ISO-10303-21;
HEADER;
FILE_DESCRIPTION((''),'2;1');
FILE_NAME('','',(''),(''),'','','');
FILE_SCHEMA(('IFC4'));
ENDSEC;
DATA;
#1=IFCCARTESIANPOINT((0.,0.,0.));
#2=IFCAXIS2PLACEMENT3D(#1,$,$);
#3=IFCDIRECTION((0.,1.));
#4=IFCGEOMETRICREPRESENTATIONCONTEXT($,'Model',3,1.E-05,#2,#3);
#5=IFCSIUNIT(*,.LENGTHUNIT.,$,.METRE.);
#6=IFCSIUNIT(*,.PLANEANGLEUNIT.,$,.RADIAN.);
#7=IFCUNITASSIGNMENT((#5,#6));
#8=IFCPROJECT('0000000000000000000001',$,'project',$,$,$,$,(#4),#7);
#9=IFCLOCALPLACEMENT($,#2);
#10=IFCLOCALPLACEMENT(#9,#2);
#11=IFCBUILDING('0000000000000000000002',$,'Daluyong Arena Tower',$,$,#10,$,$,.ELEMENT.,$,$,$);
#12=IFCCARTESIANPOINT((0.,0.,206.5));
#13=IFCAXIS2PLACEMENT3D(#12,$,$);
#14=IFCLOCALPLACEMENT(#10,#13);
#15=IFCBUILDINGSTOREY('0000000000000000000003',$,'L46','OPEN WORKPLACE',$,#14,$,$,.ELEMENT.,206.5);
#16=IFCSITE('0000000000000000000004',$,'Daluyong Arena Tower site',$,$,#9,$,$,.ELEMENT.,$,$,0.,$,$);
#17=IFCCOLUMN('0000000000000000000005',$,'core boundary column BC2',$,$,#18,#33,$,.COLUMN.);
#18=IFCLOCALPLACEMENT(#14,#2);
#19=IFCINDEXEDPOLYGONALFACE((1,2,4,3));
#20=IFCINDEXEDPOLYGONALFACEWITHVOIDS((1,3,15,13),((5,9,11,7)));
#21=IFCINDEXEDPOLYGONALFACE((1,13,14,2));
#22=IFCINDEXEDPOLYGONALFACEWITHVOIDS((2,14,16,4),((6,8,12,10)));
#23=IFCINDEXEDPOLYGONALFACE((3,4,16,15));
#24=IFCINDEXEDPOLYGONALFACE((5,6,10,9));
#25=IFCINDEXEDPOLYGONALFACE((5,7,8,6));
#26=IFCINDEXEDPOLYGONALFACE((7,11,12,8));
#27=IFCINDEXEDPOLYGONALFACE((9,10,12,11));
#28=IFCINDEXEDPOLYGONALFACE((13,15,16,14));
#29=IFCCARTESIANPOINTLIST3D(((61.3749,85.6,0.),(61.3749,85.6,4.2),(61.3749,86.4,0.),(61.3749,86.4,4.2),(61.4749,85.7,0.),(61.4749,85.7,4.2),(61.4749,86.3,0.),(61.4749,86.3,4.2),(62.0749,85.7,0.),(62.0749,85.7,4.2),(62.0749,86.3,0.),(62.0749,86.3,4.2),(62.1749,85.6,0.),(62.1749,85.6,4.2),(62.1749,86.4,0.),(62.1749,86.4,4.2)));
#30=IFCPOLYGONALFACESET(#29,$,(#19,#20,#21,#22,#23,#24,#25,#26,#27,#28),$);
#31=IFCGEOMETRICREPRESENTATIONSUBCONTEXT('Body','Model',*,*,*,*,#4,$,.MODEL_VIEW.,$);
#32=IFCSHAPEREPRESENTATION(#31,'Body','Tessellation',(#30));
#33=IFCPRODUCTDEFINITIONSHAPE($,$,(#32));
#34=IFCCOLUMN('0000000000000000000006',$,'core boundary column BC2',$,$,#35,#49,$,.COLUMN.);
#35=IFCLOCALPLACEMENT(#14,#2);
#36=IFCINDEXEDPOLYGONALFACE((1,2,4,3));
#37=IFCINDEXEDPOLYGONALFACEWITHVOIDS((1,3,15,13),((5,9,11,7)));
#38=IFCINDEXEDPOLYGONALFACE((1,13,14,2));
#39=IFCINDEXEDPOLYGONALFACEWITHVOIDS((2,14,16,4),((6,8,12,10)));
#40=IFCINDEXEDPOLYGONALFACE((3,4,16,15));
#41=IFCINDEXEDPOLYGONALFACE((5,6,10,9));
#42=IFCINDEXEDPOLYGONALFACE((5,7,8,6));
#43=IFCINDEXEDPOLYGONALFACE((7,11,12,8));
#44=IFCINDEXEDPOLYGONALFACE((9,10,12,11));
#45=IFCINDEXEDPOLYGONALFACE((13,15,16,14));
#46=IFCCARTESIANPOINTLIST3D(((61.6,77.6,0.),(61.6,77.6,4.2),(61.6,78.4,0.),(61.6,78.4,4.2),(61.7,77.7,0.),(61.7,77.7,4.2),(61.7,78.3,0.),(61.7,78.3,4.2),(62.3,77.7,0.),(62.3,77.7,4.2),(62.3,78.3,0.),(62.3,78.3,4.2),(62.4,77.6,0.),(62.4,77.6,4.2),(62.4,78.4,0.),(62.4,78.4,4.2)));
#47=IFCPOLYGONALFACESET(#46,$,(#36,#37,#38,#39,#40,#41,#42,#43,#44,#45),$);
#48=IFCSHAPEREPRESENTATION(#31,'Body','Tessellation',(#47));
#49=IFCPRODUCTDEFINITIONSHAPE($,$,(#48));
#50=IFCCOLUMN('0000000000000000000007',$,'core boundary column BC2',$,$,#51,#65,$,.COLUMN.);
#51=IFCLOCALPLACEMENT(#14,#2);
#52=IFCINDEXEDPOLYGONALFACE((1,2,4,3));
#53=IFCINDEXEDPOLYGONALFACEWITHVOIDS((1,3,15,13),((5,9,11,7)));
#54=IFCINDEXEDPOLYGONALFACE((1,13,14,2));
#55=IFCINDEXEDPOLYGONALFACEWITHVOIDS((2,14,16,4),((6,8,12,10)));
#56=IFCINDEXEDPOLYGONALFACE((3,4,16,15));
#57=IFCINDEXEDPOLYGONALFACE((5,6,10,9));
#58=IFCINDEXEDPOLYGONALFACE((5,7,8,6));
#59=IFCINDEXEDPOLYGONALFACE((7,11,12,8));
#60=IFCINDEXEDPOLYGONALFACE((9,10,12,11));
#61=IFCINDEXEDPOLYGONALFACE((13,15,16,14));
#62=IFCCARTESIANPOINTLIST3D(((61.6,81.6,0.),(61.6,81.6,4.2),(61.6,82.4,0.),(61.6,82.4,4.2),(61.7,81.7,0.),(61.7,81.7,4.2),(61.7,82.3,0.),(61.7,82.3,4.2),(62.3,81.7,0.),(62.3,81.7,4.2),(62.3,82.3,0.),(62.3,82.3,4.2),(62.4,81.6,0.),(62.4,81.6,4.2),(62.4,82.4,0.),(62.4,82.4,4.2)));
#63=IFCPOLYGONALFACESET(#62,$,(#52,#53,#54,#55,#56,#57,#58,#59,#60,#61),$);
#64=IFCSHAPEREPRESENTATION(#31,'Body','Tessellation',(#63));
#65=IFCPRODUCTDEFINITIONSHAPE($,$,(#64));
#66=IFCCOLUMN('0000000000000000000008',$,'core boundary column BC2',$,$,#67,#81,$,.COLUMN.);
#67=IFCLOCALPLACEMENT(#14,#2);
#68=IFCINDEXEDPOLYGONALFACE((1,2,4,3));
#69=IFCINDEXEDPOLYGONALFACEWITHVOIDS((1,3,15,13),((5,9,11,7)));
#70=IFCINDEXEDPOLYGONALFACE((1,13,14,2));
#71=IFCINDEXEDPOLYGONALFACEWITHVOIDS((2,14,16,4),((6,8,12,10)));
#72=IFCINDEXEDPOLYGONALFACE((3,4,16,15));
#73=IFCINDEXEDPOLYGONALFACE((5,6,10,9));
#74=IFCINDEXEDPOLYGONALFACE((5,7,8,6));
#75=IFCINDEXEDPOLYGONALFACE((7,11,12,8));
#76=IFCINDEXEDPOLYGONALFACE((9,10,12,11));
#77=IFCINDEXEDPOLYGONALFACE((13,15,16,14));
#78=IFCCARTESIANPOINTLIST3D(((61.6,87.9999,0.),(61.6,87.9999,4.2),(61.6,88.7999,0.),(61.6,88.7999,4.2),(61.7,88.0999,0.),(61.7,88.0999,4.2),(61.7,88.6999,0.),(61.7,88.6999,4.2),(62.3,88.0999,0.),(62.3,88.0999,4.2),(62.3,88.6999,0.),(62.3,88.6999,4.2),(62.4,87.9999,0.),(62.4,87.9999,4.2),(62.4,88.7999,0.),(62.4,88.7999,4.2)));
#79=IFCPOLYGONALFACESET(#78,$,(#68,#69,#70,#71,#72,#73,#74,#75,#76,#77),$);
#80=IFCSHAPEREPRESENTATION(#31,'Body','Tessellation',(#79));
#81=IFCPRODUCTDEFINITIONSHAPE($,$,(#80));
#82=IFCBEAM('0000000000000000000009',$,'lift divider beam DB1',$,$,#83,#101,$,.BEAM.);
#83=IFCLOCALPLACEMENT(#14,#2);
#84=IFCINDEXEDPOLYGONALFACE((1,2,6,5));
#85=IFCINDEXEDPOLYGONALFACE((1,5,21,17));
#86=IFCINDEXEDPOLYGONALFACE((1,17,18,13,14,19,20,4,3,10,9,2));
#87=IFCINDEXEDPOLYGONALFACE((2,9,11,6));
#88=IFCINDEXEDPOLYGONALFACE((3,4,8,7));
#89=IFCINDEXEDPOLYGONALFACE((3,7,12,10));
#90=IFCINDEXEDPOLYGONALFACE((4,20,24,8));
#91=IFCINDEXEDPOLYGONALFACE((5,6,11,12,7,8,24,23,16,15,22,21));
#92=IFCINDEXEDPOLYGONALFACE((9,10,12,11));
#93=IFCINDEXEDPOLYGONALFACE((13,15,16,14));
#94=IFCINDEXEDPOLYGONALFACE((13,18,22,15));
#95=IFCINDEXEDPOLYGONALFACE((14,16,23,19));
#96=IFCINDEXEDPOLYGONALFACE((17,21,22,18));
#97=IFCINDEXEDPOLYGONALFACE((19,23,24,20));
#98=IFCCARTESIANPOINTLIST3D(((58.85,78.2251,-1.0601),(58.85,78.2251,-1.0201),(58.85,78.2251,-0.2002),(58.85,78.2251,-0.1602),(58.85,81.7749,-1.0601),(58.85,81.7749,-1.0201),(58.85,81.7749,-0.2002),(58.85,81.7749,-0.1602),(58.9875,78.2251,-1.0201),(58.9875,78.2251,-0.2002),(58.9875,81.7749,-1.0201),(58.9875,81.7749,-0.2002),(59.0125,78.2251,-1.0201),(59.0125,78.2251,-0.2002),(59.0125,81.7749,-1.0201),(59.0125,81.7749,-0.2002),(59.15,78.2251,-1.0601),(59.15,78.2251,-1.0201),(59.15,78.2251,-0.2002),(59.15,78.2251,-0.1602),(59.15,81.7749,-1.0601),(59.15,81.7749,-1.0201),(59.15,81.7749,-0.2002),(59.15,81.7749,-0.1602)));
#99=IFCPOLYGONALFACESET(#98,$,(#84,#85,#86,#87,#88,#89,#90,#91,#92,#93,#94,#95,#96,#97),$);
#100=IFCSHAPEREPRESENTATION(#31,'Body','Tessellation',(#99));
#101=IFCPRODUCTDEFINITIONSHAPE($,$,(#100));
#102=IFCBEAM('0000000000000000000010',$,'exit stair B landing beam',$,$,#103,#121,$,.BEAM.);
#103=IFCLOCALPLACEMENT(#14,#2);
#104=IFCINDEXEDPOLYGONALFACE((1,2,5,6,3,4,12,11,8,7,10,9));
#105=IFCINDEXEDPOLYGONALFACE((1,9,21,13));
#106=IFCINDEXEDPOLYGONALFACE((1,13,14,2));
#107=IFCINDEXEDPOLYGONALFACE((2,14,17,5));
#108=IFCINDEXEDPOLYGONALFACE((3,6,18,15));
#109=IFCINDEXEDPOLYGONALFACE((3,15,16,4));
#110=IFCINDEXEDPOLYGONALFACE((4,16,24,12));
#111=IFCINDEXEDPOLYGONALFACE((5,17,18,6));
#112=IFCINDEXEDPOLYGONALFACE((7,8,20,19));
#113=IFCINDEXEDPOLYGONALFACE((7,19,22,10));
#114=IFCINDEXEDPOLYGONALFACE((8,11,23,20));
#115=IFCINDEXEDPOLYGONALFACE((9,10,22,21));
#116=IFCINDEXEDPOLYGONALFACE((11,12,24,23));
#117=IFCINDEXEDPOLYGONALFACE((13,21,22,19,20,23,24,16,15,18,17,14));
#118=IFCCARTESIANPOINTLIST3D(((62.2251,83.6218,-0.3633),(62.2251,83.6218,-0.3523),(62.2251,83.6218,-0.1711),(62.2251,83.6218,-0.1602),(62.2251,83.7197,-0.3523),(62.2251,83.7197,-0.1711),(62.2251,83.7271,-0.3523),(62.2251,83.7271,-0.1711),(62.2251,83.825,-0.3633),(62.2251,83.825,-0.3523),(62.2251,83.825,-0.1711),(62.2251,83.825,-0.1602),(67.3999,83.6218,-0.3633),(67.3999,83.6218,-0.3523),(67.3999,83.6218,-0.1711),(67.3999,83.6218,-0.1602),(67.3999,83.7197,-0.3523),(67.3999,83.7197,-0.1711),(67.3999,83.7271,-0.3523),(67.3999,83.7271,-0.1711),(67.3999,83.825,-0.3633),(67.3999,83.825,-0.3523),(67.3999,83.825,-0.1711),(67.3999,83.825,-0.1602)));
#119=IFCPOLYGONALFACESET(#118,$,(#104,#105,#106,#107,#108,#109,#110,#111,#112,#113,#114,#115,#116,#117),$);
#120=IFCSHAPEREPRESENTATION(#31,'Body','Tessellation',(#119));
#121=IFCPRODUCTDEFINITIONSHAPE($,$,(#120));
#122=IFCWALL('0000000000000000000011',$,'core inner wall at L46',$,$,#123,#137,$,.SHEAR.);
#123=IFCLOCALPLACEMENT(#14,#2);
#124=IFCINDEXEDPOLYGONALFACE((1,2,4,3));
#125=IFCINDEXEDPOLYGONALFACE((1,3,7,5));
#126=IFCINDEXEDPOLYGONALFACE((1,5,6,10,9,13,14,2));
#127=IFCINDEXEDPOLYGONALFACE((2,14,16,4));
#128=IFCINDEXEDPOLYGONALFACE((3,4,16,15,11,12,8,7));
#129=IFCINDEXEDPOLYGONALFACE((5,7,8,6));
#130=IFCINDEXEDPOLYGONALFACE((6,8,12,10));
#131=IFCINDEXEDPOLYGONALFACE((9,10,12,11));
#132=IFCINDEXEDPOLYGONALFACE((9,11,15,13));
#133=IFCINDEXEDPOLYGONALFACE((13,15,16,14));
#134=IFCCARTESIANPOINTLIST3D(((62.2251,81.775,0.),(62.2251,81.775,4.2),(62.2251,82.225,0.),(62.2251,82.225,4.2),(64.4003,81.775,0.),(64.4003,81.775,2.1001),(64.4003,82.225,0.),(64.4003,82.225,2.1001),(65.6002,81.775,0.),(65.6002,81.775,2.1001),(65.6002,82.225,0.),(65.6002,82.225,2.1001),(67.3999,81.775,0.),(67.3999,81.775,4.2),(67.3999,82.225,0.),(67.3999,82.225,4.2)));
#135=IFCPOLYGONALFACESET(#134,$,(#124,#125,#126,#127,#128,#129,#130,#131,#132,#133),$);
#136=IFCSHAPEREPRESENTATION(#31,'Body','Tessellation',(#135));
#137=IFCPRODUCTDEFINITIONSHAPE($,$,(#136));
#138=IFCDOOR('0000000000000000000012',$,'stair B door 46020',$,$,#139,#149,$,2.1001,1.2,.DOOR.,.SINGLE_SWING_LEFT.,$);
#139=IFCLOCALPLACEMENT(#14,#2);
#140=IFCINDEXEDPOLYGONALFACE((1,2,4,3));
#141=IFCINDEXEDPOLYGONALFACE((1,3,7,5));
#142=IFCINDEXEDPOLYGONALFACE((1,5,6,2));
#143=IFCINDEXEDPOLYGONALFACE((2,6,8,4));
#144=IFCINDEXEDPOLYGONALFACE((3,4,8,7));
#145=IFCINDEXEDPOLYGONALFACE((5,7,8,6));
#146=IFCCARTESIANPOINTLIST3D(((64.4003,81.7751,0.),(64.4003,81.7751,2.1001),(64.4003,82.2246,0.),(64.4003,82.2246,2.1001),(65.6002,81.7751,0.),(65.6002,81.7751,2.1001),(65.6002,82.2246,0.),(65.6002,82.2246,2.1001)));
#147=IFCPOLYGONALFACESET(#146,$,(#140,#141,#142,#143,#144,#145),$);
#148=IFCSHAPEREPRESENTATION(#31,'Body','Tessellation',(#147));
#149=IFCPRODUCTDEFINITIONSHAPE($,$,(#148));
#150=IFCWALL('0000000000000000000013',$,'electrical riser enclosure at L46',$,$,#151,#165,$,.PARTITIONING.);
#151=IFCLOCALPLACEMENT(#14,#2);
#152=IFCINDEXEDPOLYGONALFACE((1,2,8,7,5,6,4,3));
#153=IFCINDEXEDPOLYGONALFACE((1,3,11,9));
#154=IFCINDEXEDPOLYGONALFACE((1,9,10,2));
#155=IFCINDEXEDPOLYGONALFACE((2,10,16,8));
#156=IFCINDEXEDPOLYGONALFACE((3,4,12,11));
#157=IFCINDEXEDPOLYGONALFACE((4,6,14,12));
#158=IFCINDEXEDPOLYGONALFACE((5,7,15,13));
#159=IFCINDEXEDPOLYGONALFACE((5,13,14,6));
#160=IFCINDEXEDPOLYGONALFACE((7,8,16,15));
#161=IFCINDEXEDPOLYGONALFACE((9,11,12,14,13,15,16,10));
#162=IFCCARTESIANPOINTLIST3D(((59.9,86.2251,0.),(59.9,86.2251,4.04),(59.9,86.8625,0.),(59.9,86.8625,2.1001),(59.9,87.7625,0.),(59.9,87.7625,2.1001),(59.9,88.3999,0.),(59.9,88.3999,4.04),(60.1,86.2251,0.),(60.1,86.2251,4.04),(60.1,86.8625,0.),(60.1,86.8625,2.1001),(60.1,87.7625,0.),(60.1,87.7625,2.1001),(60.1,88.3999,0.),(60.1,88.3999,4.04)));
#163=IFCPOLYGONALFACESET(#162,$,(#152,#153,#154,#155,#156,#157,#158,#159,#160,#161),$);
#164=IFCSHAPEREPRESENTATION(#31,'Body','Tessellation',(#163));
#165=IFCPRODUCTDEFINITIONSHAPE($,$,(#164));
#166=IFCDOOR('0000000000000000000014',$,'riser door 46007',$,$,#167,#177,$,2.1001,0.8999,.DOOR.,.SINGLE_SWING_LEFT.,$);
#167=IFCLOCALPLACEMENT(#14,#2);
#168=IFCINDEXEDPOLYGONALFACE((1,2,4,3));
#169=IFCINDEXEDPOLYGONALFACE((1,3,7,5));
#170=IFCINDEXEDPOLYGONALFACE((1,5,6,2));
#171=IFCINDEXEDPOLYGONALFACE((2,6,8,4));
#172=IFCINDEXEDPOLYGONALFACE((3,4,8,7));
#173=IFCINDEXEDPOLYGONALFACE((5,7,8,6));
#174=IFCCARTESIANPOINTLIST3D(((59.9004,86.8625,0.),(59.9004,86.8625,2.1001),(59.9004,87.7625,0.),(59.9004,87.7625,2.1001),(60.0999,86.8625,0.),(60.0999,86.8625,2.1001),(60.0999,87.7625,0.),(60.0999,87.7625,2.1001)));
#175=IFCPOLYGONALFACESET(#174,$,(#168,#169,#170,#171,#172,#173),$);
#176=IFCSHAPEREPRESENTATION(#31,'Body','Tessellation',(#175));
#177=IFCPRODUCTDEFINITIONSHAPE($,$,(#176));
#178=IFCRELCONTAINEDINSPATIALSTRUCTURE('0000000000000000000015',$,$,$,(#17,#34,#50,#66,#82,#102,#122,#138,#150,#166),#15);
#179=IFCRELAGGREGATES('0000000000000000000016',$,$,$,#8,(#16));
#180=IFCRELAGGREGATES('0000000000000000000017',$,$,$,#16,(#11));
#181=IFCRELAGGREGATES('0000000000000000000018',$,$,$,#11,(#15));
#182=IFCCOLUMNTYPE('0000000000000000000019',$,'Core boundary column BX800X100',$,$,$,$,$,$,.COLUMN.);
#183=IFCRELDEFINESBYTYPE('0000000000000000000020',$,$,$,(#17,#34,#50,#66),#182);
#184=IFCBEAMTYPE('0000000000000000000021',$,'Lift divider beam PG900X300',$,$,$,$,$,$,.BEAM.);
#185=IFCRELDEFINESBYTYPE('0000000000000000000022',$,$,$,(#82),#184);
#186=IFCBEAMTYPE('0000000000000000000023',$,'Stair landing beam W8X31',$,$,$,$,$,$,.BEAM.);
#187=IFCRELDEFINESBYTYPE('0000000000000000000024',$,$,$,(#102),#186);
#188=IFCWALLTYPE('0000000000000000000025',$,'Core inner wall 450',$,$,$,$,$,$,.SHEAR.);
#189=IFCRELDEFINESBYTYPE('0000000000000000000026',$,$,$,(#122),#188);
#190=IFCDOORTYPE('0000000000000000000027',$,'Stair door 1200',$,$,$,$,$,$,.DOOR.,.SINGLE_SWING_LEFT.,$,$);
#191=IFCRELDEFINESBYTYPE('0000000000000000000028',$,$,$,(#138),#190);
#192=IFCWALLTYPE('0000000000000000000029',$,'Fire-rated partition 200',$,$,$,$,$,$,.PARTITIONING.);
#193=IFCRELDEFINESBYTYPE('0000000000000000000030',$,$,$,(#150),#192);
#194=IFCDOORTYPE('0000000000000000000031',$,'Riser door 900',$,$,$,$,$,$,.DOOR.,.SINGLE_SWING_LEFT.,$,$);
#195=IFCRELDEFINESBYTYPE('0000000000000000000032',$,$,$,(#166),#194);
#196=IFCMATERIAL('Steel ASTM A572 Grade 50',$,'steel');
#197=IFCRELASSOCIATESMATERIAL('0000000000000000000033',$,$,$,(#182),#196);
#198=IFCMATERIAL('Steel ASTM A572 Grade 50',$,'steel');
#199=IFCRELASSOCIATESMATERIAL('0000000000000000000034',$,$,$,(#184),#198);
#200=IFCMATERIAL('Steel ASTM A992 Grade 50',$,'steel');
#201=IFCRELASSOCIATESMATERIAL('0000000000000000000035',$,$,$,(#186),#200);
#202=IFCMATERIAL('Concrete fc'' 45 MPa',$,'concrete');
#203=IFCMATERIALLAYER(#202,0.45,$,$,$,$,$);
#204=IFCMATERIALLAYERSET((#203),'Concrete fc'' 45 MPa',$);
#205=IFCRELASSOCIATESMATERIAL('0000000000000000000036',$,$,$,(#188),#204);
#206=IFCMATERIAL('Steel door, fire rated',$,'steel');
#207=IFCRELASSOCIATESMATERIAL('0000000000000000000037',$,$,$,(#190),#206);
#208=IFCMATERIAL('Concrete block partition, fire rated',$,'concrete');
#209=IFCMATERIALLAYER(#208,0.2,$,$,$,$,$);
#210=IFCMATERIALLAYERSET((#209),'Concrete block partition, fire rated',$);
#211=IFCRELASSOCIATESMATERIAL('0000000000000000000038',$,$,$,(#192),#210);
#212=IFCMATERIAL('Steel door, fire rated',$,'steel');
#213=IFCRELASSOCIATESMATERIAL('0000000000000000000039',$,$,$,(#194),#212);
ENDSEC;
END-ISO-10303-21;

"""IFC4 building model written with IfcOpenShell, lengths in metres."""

from ifc_helpers import new_model, si_unit, direction, frame, frame_2d, origin, origin_2d, place, context, subcontext, project, spatial, rectangle, hollow_rectangle, i_section, extrude, material, layer, layer_set, material_profile, profile_set, type_object, element, fill, save


model = new_model("IFC4")

# Units and contexts
model_context = context("Model", 3, precision=1e-05, world=origin(), true_north=direction((0.0, 1.0)))
body_context = subcontext(model_context, "Body", "Model", "MODEL_VIEW")
ifc_project = project(units=[si_unit("LENGTHUNIT", "METRE"), si_unit("PLANEANGLEUNIT", "RADIAN")], contexts=[model_context])

# Site, building, storey
site_placement = place(None, origin())
site = spatial("IfcSite", under=ifc_project, at=site_placement, Name="Daluyong Arena Tower site", CompositionType="ELEMENT", RefElevation=0.0)
building_placement = place(site_placement, origin())
building = spatial("IfcBuilding", under=site, at=building_placement, Name="Daluyong Arena Tower", CompositionType="ELEMENT")
storey_placement = place(building_placement, frame((0.0, 0.0, 206.5)))
storey = spatial("IfcBuildingStorey", under=building, at=storey_placement, Name="L46", Description="OPEN WORKPLACE", CompositionType="ELEMENT", Elevation=206.5)

# Columns
ifc_material_1 = material(Name="Steel ASTM A572 Grade 50", Category="steel")
ifc_material_profile_1 = material_profile(ifc_material_1, hollow_rectangle(XDim=0.8, YDim=0.8, WallThickness=0.1, at=origin_2d()))
ifc_profile_set_1 = profile_set([ifc_material_profile_1], Name="Steel ASTM A572 Grade 50")
column_type = type_object("IfcColumnType", Name="Core boundary column BX800X100", PredefinedType="COLUMN", material=ifc_profile_set_1)
for number, where, z_axis, x_axis, name in (
    (1, (61.7749, 86.0, 0.0), (0.0, 0.0, 1.0), (1.0, 0.0, 0.0), "core boundary column BC2"),
    (2, (62.0, 78.0, 0.0), (0.0, 0.0, 1.0), (1.0, 0.0, 0.0), "core boundary column BC2"),
    (3, (62.0, 82.0, 0.0), (0.0, 0.0, 1.0), (1.0, 0.0, 0.0), "core boundary column BC2"),
    (4, (62.0, 88.3999, 0.0), (0.0, 0.0, 1.0), (1.0, 0.0, 0.0), "core boundary column BC2"),
):
    element("IfcColumn", number, at=place(storey_placement, frame(where, z_axis=z_axis, x_axis=x_axis)), inside=storey, type_object=column_type, Name=name, PredefinedType="COLUMN", context=body_context, shape_type="SweptSolid", body=[
        extrude(hollow_rectangle(XDim=0.8, YDim=0.8, WallThickness=0.1, at=origin_2d()), origin(), (0.0, 0.0, 1.0), 4.2),
    ])

# Beams
ifc_material_2 = material(Name="Steel ASTM A572 Grade 50", Category="steel")
ifc_material_profile_2 = material_profile(ifc_material_2, i_section(OverallWidth=0.3, OverallDepth=0.8999, WebThickness=0.025, FlangeThickness=0.04, at=origin_2d()))
ifc_profile_set_2 = profile_set([ifc_material_profile_2], Name="Steel ASTM A572 Grade 50")
beam_type_1 = type_object("IfcBeamType", Name="Lift divider beam PG900X300", PredefinedType="BEAM", material=ifc_profile_set_2)
beam_1_placement = place(storey_placement, frame((59.0, 78.2251, -0.6101), z_axis=(0.0, 1.0, 0.0), x_axis=(-1.0, 0.0, 0.0)))
element("IfcBeam", 5, at=beam_1_placement, inside=storey, type_object=beam_type_1, Name="lift divider beam DB1", PredefinedType="BEAM", context=body_context, shape_type="SweptSolid", body=[
    extrude(i_section(OverallWidth=0.3, OverallDepth=0.8999, WebThickness=0.025, FlangeThickness=0.04, at=origin_2d()), origin(), (0.0, 0.0, 1.0), 3.5498),
])
ifc_material_3 = material(Name="Steel ASTM A992 Grade 50", Category="steel")
ifc_material_profile_3 = material_profile(ifc_material_3, i_section(OverallWidth=0.2031, OverallDepth=0.2031, WebThickness=0.0073, FlangeThickness=0.011, at=origin_2d()))
ifc_profile_set_3 = profile_set([ifc_material_profile_3], Name="Steel ASTM A992 Grade 50")
beam_type_2 = type_object("IfcBeamType", Name="Stair landing beam W8X31", PredefinedType="BEAM", material=ifc_profile_set_3)
beam_2_placement = place(storey_placement, frame((62.2251, 83.7234, -0.2617), z_axis=(1.0, 0.0, 0.0), x_axis=(0.0, 1.0, 0.0)))
element("IfcBeam", 6, at=beam_2_placement, inside=storey, type_object=beam_type_2, Name="exit stair B landing beam", PredefinedType="BEAM", context=body_context, shape_type="SweptSolid", body=[
    extrude(i_section(OverallWidth=0.2031, OverallDepth=0.2031, WebThickness=0.0073, FlangeThickness=0.011, at=origin_2d()), origin(), (0.0, 0.0, 1.0), 5.1748),
])

# Walls, openings, doors
ifc_material_4 = material(Name="Concrete fc' 45 MPa", Category="concrete")
ifc_layer_1 = layer(ifc_material_4, 0.45)
ifc_layer_set_1 = layer_set([ifc_layer_1], Name="Concrete fc' 45 MPa")
wall_type_1 = type_object("IfcWallType", Name="Core inner wall 450", PredefinedType="SHEAR", material=ifc_layer_set_1)
wall_1_placement = place(storey_placement, frame((62.2251, 82.0, 0.0), z_axis=(0.0, 0.0, 1.0), x_axis=(1.0, 0.0, 0.0)))
wall_1 = element("IfcWall", 7, at=wall_1_placement, inside=storey, type_object=wall_type_1, Name="core inner wall at L46", PredefinedType="SHEAR", context=body_context, shape_type="SweptSolid", body=[
    extrude(rectangle(XDim=5.1748, YDim=0.45, at=frame_2d((2.5874, 0.0))), origin(), (0.0, 0.0, 1.0), 4.2),
])
opening_1_placement = place(wall_1_placement, frame((2.175, 0.0, 0.0)))
opening_1 = element("IfcOpeningElement", 8, at=opening_1_placement, cuts=wall_1, PredefinedType="OPENING", context=body_context, shape_type="SweptSolid", body=[
    extrude(rectangle(XDim=1.2, YDim=2.1001, at=frame_2d((0.6001, 1.05))), frame((0.0, 0.2349, 0.0), z_axis=(0.0, -1.0, 0.0), x_axis=(1.0, 0.0, 0.0)), (0.0, 0.0, 1.0), 0.47),
])
ifc_material_5 = material(Name="Steel door, fire rated", Category="steel")
door_type_1 = type_object("IfcDoorType", Name="Stair door 1200", OperationType="SINGLE_SWING_LEFT", PredefinedType="DOOR", material=ifc_material_5)
door_1_placement = place(opening_1_placement, origin())
door_1 = element("IfcDoor", 9, at=door_1_placement, inside=storey, type_object=door_type_1, Name="stair B door 46020", OperationType="SINGLE_SWING_LEFT", OverallHeight=2.1001, OverallWidth=1.2, PredefinedType="DOOR", context=body_context, shape_type="SweptSolid", body=[
    extrude(rectangle(XDim=1.2, YDim=2.1001, at=frame_2d((0.6001, 1.05))), frame((0.0, 0.2246, 0.0), z_axis=(0.0, -1.0, 0.0), x_axis=(1.0, 0.0, 0.0)), (0.0, 0.0, 1.0), 0.4495),
])
fill(opening_1, door_1)
ifc_material_6 = material(Name="Concrete block partition, fire rated", Category="concrete")
ifc_layer_2 = layer(ifc_material_6, 0.2)
ifc_layer_set_2 = layer_set([ifc_layer_2], Name="Concrete block partition, fire rated")
wall_type_2 = type_object("IfcWallType", Name="Fire-rated partition 200", PredefinedType="PARTITIONING", material=ifc_layer_set_2)
wall_2_placement = place(storey_placement, frame((60.0, 86.2251, 0.0), z_axis=(0.0, 0.0, 1.0), x_axis=(0.0, 1.0, 0.0)))
wall_2 = element("IfcWall", 10, at=wall_2_placement, inside=storey, type_object=wall_type_2, Name="electrical riser enclosure at L46", PredefinedType="PARTITIONING", context=body_context, shape_type="SweptSolid", body=[
    extrude(rectangle(XDim=2.1748, YDim=0.2, at=frame_2d((1.0874, 0.0))), origin(), (0.0, 0.0, 1.0), 4.04),
])
opening_2_placement = place(wall_2_placement, frame((0.6375, 0.0, 0.0)))
opening_2 = element("IfcOpeningElement", 11, at=opening_2_placement, cuts=wall_2, PredefinedType="OPENING", context=body_context, shape_type="SweptSolid", body=[
    extrude(rectangle(XDim=0.8999, YDim=2.1001, at=frame_2d((0.45, 1.05))), frame((0.0, 0.1099, 0.0), z_axis=(0.0, -1.0, 0.0), x_axis=(1.0, 0.0, 0.0)), (0.0, 0.0, 1.0), 0.22),
])
ifc_material_7 = material(Name="Steel door, fire rated", Category="steel")
door_type_2 = type_object("IfcDoorType", Name="Riser door 900", OperationType="SINGLE_SWING_LEFT", PredefinedType="DOOR", material=ifc_material_7)
door_2_placement = place(opening_2_placement, origin())
door_2 = element("IfcDoor", 12, at=door_2_placement, inside=storey, type_object=door_type_2, Name="riser door 46007", OperationType="SINGLE_SWING_LEFT", OverallHeight=2.1001, OverallWidth=0.8999, PredefinedType="DOOR", context=body_context, shape_type="SweptSolid", body=[
    extrude(rectangle(XDim=0.8999, YDim=2.1001, at=frame_2d((0.45, 1.05))), frame((0.0, 0.0996, 0.0), z_axis=(0.0, -1.0, 0.0), x_axis=(1.0, 0.0, 0.0)), (0.0, 0.0, 1.0), 0.1995),
])
fill(opening_2, door_2)

save(model, "model.ifc")
